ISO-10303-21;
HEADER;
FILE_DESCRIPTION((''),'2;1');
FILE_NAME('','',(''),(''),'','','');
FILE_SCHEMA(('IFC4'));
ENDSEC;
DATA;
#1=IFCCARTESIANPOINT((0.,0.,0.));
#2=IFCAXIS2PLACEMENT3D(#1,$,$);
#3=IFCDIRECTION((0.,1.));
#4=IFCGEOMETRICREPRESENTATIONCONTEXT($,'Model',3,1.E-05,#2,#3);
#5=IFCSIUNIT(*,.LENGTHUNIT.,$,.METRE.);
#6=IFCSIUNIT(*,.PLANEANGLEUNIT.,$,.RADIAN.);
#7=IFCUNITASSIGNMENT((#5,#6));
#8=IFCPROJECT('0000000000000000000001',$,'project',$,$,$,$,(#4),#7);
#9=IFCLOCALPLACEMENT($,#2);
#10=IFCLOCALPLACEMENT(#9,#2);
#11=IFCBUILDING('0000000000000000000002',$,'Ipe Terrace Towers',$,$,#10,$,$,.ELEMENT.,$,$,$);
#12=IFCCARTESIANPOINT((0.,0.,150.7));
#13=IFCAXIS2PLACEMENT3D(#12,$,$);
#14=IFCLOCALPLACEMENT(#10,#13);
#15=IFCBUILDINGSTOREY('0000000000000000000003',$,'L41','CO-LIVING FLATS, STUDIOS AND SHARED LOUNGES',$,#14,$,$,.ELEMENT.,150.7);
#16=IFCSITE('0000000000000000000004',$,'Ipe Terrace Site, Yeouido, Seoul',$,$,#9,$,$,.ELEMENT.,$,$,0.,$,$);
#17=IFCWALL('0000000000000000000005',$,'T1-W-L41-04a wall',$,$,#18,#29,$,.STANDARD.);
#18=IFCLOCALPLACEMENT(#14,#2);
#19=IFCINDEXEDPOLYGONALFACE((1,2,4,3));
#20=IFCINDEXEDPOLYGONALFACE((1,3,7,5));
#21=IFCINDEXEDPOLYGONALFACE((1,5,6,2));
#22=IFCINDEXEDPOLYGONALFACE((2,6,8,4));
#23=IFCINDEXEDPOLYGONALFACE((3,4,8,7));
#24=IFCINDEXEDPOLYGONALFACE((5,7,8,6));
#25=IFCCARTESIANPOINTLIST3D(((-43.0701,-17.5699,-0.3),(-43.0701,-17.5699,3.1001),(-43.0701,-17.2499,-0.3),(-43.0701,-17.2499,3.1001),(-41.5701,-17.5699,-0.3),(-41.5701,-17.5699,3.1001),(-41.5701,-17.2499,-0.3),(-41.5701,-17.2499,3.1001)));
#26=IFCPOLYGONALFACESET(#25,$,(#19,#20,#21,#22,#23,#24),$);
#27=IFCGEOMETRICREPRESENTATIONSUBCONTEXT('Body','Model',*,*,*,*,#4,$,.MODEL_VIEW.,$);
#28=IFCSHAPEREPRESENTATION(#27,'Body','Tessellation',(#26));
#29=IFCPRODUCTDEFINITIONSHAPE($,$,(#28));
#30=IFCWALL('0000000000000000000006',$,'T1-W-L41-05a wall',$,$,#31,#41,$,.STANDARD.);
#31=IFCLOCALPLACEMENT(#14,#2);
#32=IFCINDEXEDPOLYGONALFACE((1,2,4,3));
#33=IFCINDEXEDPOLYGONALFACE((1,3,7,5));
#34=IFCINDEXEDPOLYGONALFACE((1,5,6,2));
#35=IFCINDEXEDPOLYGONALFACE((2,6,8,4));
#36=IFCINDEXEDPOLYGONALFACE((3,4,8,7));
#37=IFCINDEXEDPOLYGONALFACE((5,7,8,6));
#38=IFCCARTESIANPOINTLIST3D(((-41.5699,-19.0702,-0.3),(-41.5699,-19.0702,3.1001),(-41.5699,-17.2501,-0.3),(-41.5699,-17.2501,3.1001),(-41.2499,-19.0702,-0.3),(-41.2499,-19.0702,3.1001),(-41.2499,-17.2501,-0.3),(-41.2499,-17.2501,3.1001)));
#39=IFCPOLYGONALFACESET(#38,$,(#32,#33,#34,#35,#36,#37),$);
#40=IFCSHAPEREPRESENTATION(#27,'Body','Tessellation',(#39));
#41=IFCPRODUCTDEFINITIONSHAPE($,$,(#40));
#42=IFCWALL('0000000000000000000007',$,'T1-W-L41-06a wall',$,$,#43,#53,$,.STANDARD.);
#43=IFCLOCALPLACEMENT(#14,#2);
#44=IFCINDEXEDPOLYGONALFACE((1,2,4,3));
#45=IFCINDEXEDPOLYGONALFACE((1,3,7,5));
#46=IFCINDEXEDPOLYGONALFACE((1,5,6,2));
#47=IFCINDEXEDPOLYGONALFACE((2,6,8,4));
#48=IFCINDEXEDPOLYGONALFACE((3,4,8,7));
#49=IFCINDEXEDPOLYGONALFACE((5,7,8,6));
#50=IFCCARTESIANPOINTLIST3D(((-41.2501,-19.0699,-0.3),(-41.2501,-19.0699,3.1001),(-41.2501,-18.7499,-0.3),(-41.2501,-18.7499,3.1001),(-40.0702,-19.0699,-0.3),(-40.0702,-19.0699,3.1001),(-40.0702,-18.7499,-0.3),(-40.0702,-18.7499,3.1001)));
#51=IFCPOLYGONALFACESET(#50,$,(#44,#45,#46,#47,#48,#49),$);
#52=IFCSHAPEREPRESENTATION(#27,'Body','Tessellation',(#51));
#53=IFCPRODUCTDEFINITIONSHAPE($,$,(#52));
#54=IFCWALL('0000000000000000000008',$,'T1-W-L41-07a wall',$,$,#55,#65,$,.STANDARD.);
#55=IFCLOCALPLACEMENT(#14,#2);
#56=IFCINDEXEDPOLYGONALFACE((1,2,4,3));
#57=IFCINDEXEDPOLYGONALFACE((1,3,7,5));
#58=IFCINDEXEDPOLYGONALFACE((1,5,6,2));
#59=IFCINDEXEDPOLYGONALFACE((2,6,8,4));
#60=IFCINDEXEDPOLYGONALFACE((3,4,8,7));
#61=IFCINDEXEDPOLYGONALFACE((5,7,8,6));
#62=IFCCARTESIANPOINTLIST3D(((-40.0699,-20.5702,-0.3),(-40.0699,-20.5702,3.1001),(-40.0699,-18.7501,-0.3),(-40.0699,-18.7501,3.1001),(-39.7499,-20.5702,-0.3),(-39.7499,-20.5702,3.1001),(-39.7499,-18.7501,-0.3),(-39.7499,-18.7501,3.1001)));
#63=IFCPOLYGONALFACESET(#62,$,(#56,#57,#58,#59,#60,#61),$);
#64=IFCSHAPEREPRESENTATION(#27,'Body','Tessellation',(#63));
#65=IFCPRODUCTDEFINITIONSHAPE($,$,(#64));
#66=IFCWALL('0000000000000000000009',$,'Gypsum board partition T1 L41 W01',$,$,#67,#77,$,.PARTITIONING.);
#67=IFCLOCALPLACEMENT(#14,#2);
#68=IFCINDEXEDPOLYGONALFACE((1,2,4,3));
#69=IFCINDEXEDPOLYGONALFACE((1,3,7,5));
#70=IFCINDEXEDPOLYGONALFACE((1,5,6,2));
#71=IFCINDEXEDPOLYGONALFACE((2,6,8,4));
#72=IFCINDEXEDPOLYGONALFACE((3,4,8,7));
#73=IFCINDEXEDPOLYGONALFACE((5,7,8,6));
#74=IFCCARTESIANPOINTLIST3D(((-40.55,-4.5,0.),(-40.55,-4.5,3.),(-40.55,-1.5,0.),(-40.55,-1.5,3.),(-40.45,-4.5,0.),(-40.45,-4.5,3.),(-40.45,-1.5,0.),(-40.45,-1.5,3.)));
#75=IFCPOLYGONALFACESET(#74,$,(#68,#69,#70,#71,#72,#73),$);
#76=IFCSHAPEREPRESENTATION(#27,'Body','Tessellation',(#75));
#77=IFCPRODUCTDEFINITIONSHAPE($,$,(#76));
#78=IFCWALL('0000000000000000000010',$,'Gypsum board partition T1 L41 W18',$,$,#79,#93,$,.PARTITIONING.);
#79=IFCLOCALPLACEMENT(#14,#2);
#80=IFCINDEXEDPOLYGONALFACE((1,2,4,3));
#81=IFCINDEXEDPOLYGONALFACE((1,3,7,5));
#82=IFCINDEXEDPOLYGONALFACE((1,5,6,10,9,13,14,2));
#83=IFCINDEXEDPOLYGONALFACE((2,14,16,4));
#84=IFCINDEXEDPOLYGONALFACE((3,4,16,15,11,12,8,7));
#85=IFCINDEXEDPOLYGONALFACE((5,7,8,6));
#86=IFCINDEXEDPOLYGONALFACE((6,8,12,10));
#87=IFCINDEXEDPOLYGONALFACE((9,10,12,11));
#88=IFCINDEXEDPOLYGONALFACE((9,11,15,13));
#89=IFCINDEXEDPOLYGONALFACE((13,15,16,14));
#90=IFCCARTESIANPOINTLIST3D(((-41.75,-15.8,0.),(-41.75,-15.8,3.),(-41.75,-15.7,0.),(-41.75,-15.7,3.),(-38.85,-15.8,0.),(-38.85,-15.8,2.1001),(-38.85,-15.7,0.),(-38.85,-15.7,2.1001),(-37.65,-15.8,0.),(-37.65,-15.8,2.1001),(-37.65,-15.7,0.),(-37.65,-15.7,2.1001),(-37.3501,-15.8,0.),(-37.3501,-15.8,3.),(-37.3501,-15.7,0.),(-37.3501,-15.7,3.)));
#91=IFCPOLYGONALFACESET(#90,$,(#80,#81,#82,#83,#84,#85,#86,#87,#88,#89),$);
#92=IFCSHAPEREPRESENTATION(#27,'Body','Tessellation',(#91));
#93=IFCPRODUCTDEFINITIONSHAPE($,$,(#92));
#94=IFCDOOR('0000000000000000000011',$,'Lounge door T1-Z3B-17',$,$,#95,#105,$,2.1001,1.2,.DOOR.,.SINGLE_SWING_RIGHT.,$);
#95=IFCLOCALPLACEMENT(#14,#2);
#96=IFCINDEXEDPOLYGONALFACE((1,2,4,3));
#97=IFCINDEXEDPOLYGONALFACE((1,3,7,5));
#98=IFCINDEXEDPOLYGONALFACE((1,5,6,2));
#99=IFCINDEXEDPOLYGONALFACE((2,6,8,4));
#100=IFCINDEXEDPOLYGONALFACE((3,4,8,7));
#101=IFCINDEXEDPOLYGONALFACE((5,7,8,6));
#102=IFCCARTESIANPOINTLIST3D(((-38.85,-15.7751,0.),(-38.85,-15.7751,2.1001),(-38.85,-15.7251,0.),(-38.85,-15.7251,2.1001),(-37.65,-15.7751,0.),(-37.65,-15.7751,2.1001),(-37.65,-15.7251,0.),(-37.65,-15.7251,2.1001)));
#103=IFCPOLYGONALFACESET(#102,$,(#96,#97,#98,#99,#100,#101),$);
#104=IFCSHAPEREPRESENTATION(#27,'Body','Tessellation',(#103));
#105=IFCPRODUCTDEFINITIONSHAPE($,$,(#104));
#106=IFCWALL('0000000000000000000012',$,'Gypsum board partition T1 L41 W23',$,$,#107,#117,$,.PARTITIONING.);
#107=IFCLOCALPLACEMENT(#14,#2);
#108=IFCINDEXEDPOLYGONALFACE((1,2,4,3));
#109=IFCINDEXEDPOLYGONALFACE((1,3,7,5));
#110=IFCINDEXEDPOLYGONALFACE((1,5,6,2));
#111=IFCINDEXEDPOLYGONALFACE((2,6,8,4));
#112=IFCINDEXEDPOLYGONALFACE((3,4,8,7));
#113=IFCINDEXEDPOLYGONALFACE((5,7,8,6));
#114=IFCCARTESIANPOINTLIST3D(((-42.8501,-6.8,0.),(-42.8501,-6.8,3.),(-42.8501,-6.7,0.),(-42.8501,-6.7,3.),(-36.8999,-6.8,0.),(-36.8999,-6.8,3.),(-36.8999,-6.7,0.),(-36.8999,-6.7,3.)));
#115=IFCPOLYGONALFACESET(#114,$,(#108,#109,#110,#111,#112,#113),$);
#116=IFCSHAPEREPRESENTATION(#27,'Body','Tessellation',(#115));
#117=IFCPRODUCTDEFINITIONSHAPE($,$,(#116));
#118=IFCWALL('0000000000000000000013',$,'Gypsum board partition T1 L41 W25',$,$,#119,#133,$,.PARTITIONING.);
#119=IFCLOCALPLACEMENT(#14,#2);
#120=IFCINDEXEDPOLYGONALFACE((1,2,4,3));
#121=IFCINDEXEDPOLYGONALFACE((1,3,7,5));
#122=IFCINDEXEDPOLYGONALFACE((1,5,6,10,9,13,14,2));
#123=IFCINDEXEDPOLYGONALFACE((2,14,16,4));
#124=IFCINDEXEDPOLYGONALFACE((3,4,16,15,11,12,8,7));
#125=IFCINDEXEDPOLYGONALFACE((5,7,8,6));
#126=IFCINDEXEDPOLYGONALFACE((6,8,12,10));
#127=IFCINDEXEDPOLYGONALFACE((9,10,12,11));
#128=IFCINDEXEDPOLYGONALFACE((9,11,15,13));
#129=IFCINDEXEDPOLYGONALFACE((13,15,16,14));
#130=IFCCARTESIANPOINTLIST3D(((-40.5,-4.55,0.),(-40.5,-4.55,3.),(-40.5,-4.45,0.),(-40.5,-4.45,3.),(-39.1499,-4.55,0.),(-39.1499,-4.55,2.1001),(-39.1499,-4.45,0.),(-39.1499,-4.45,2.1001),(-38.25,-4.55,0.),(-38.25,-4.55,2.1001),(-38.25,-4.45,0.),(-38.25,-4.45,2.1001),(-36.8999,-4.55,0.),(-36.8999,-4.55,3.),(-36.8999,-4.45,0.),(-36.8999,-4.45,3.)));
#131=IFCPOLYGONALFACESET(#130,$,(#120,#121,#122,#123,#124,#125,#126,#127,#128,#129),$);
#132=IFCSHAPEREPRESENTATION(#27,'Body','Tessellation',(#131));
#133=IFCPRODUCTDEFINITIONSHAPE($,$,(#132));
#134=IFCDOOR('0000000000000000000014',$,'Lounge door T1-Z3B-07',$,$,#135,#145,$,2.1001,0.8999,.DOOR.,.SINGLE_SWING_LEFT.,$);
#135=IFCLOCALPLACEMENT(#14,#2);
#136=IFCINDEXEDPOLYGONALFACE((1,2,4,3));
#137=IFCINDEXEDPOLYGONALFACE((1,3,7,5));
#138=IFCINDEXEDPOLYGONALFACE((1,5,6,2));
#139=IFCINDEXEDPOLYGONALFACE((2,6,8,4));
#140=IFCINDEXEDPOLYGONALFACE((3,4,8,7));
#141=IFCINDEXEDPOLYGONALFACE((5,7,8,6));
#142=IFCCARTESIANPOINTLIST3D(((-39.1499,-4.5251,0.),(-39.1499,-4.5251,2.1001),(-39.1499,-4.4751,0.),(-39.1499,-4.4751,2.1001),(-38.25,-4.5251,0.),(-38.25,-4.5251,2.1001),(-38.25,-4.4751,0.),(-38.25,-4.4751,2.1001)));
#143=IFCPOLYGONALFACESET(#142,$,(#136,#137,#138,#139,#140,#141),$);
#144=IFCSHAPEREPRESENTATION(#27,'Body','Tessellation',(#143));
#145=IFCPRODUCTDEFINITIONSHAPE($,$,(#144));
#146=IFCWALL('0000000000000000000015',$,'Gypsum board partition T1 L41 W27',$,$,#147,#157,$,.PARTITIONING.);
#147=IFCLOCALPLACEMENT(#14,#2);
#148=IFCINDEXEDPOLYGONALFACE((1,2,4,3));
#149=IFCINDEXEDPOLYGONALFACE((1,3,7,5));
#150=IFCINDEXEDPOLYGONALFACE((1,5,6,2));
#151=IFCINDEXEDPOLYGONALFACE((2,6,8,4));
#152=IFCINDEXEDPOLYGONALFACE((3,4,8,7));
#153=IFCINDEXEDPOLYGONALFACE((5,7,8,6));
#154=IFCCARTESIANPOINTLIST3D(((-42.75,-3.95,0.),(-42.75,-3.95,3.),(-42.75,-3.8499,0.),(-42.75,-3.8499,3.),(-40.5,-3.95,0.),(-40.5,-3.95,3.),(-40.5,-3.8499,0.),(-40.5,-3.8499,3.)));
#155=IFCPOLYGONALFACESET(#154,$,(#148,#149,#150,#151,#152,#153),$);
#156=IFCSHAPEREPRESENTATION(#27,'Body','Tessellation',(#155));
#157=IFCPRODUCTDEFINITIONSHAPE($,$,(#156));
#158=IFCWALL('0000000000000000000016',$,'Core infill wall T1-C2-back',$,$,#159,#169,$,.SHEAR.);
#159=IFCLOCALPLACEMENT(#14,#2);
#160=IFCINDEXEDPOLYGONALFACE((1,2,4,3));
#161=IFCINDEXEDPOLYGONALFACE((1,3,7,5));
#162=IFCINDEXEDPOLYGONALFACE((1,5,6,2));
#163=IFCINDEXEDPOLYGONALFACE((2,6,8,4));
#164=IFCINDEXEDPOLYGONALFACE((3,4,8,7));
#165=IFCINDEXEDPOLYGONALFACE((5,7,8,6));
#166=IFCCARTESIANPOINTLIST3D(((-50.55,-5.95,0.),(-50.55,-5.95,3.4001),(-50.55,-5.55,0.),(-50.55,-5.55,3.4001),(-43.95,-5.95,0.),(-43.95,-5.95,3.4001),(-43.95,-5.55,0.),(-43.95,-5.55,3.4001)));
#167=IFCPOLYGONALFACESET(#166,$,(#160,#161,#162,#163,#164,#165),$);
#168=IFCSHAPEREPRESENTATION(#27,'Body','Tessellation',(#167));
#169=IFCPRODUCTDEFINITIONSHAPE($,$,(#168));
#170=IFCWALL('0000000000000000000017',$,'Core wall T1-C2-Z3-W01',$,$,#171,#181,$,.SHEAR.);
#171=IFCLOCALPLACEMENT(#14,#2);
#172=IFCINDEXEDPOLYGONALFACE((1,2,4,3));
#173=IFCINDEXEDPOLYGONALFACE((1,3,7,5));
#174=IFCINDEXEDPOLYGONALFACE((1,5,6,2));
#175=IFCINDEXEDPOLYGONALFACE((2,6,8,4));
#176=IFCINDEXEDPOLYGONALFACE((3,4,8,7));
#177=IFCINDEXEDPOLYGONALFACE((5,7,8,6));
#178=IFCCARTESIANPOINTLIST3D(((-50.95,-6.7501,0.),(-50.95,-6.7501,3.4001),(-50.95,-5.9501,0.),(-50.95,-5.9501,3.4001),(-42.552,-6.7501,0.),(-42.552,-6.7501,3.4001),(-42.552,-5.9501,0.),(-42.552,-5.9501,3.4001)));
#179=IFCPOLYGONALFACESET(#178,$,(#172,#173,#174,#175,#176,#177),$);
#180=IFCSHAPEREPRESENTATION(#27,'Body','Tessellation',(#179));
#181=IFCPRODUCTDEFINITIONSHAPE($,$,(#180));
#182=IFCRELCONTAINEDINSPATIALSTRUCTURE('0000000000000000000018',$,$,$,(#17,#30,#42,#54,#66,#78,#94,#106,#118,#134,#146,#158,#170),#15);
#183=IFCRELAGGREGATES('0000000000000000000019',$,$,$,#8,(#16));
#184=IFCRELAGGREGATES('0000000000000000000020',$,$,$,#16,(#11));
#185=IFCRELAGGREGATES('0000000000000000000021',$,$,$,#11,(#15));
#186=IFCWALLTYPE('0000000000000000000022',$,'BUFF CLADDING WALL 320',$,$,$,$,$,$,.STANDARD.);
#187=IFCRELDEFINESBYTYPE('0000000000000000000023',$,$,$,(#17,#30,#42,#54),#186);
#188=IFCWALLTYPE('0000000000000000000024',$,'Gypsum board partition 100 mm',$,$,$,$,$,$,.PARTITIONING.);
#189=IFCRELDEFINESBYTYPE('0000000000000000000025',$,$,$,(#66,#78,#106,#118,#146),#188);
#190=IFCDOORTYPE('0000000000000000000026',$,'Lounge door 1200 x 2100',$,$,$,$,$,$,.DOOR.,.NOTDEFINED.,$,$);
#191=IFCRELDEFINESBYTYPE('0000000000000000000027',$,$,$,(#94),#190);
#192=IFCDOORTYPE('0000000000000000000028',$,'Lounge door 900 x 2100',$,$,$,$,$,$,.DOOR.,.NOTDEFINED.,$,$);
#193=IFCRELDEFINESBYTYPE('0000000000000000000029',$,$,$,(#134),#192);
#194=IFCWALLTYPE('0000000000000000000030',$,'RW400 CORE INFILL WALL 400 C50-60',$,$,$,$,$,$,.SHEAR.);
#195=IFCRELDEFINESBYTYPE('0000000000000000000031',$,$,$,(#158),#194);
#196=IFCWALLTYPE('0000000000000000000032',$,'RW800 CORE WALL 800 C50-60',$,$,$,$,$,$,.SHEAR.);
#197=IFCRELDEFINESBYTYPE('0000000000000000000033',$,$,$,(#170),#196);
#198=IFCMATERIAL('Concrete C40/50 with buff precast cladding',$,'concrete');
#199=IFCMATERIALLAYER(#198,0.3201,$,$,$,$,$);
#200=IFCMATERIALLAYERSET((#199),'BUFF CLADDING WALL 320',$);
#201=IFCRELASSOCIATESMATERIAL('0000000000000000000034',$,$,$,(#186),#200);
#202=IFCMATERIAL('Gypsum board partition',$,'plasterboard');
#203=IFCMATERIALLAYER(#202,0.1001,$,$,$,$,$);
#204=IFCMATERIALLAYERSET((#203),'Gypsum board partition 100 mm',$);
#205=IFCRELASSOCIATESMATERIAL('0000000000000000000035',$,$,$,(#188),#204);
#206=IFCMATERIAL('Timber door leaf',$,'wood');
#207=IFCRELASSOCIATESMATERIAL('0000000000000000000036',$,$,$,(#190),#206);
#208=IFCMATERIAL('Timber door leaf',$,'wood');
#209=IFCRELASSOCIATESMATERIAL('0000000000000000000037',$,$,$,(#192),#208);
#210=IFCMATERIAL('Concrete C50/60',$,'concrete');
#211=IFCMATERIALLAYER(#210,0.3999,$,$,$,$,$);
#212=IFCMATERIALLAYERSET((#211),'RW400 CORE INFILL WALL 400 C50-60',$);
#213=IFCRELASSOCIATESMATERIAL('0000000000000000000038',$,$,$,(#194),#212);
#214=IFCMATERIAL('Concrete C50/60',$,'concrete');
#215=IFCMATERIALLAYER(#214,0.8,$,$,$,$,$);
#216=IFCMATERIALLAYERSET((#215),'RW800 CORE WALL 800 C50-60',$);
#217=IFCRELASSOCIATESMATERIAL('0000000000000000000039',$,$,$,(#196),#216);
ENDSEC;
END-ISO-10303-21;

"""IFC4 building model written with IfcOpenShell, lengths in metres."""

from ifc_helpers import new_model, si_unit, direction, frame, frame_2d, origin, place, context, subcontext, project, spatial, rectangle, extrude, material, layer, layer_set, type_object, element, fill, save


model = new_model("IFC4")

# Units and contexts
model_context = context("Model", 3, precision=1e-05, world=origin(), true_north=direction((0.0, 1.0)))
body_context = subcontext(model_context, "Body", "Model", "MODEL_VIEW")
ifc_project = project(units=[si_unit("LENGTHUNIT", "METRE"), si_unit("PLANEANGLEUNIT", "RADIAN")], contexts=[model_context])

# Site, building, storey
site_placement = place(None, origin())
site = spatial("IfcSite", under=ifc_project, at=site_placement, Name="Ipe Terrace Site, Yeouido, Seoul", CompositionType="ELEMENT", RefElevation=0.0)
building_placement = place(site_placement, origin())
building = spatial("IfcBuilding", under=site, at=building_placement, Name="Ipe Terrace Towers", CompositionType="ELEMENT")
storey_placement = place(building_placement, frame((0.0, 0.0, 150.7)))
storey = spatial("IfcBuildingStorey", under=building, at=storey_placement, Name="L41", Description="CO-LIVING FLATS, STUDIOS AND SHARED LOUNGES", CompositionType="ELEMENT", Elevation=150.7)

# Walls
ifc_material_1 = material(Name="Concrete C40/50 with buff precast cladding", Category="concrete")
ifc_layer_1 = layer(ifc_material_1, 0.3201)
ifc_layer_set_1 = layer_set([ifc_layer_1], Name="BUFF CLADDING WALL 320")
wall_type_1 = type_object("IfcWallType", Name="BUFF CLADDING WALL 320", PredefinedType="STANDARD", material=ifc_layer_set_1)
wall_1_placement = place(storey_placement, frame((-43.0701, -17.4099, -0.3), z_axis=(0.0, 0.0, 1.0), x_axis=(1.0, 0.0, 0.0)))
element("IfcWall", 1, at=wall_1_placement, inside=storey, type_object=wall_type_1, Name="T1-W-L41-04a wall", PredefinedType="STANDARD", context=body_context, shape_type="SweptSolid", body=[
    extrude(rectangle(XDim=1.5, YDim=0.3201, at=frame_2d((0.75, 0.0))), origin(), (0.0, 0.0, 1.0), 3.4001),
])
wall_2_placement = place(storey_placement, frame((-41.4099, -17.25, -0.3), z_axis=(0.0, 0.0, 1.0), x_axis=(0.0, -1.0, 0.0)))
element("IfcWall", 2, at=wall_2_placement, inside=storey, type_object=wall_type_1, Name="T1-W-L41-05a wall", PredefinedType="STANDARD", context=body_context, shape_type="SweptSolid", body=[
    extrude(rectangle(XDim=1.8201, YDim=0.3201, at=frame_2d((0.9102, 0.0))), origin(), (0.0, 0.0, 1.0), 3.4001),
])
wall_3_placement = place(storey_placement, frame((-41.25, -18.9099, -0.3), z_axis=(0.0, 0.0, 1.0), x_axis=(1.0, 0.0, 0.0)))
element("IfcWall", 3, at=wall_3_placement, inside=storey, type_object=wall_type_1, Name="T1-W-L41-06a wall", PredefinedType="STANDARD", context=body_context, shape_type="SweptSolid", body=[
    extrude(rectangle(XDim=1.1799, YDim=0.3201, at=frame_2d((0.5898, 0.0))), origin(), (0.0, 0.0, 1.0), 3.4001),
])
wall_4_placement = place(storey_placement, frame((-39.9099, -18.75, -0.3), z_axis=(0.0, 0.0, 1.0), x_axis=(0.0, -1.0, 0.0)))
element("IfcWall", 4, at=wall_4_placement, inside=storey, type_object=wall_type_1, Name="T1-W-L41-07a wall", PredefinedType="STANDARD", context=body_context, shape_type="SweptSolid", body=[
    extrude(rectangle(XDim=1.8201, YDim=0.3201, at=frame_2d((0.9102, 0.0))), origin(), (0.0, 0.0, 1.0), 3.4001),
])
ifc_material_2 = material(Name="Gypsum board partition", Category="plasterboard")
ifc_layer_2 = layer(ifc_material_2, 0.1001)
ifc_layer_set_2 = layer_set([ifc_layer_2], Name="Gypsum board partition 100 mm")
wall_type_2 = type_object("IfcWallType", Name="Gypsum board partition 100 mm", PredefinedType="PARTITIONING", material=ifc_layer_set_2)
wall_5_placement = place(storey_placement, frame((-40.5, -4.5, 0.0), z_axis=(0.0, 0.0, 1.0), x_axis=(0.0, 1.0, 0.0)))
element("IfcWall", 5, at=wall_5_placement, inside=storey, type_object=wall_type_2, Name="Gypsum board partition T1 L41 W01", PredefinedType="PARTITIONING", context=body_context, shape_type="SweptSolid", body=[
    extrude(rectangle(XDim=3.0, YDim=0.1001, at=frame_2d((1.5, 0.0))), origin(), (0.0, 0.0, 1.0), 3.0),
])

# Wall, opening, door
wall_6_placement = place(storey_placement, frame((-41.75, -15.75, 0.0), z_axis=(0.0, 0.0, 1.0), x_axis=(1.0, 0.0, 0.0)))
wall_6 = element("IfcWall", 6, at=wall_6_placement, inside=storey, type_object=wall_type_2, Name="Gypsum board partition T1 L41 W18", PredefinedType="PARTITIONING", context=body_context, shape_type="SweptSolid", body=[
    extrude(rectangle(XDim=4.3999, YDim=0.1001, at=frame_2d((2.2, 0.0))), origin(), (0.0, 0.0, 1.0), 3.0),
])
opening_1_placement = place(wall_6_placement, frame((2.8999, 0.0, 0.0)))
opening_1 = element("IfcOpeningElement", 7, at=opening_1_placement, cuts=wall_6, PredefinedType="OPENING", context=body_context, shape_type="SweptSolid", body=[
    extrude(rectangle(XDim=1.2, YDim=2.1001, at=frame_2d((0.6001, 1.05))), frame((0.0, 0.0601, 0.0), z_axis=(0.0, -1.0, 0.0), x_axis=(1.0, 0.0, 0.0)), (0.0, 0.0, 1.0), 0.1201),
])
ifc_material_3 = material(Name="Timber door leaf", Category="wood")
door_type_1 = type_object("IfcDoorType", Name="Lounge door 1200 x 2100", OperationType="NOTDEFINED", PredefinedType="DOOR", material=ifc_material_3)
door_1_placement = place(opening_1_placement, origin())
door_1 = element("IfcDoor", 8, at=door_1_placement, inside=storey, type_object=door_type_1, Name="Lounge door T1-Z3B-17", OperationType="SINGLE_SWING_RIGHT", OverallHeight=2.1001, OverallWidth=1.2, PredefinedType="DOOR", context=body_context, shape_type="SweptSolid", body=[
    extrude(rectangle(XDim=1.2, YDim=2.1001, at=frame_2d((0.6001, 1.05))), frame((0.0, 0.0249, 0.0), z_axis=(0.0, -1.0, 0.0), x_axis=(1.0, 0.0, 0.0)), (0.0, 0.0, 1.0), 0.05),
])
fill(opening_1, door_1)

# Wall
wall_7_placement = place(storey_placement, frame((-42.8501, -6.75, 0.0), z_axis=(0.0, 0.0, 1.0), x_axis=(1.0, 0.0, 0.0)))
element("IfcWall", 9, at=wall_7_placement, inside=storey, type_object=wall_type_2, Name="Gypsum board partition T1 L41 W23", PredefinedType="PARTITIONING", context=body_context, shape_type="SweptSolid", body=[
    extrude(rectangle(XDim=5.9502, YDim=0.1001, at=frame_2d((2.9751, 0.0))), origin(), (0.0, 0.0, 1.0), 3.0),
])

# Wall, opening, door
wall_8_placement = place(storey_placement, frame((-40.5, -4.5, 0.0), z_axis=(0.0, 0.0, 1.0), x_axis=(1.0, 0.0, 0.0)))
wall_8 = element("IfcWall", 10, at=wall_8_placement, inside=storey, type_object=wall_type_2, Name="Gypsum board partition T1 L41 W25", PredefinedType="PARTITIONING", context=body_context, shape_type="SweptSolid", body=[
    extrude(rectangle(XDim=3.6001, YDim=0.1001, at=frame_2d((1.8, 0.0))), origin(), (0.0, 0.0, 1.0), 3.0),
])
opening_2_placement = place(wall_8_placement, frame((1.3501, 0.0, 0.0)))
opening_2 = element("IfcOpeningElement", 11, at=opening_2_placement, cuts=wall_8, PredefinedType="OPENING", context=body_context, shape_type="SweptSolid", body=[
    extrude(rectangle(XDim=0.8999, YDim=2.1001, at=frame_2d((0.45, 1.05))), frame((0.0, 0.0601, 0.0), z_axis=(0.0, -1.0, 0.0), x_axis=(1.0, 0.0, 0.0)), (0.0, 0.0, 1.0), 0.1201),
])
ifc_material_4 = material(Name="Timber door leaf", Category="wood")
door_type_2 = type_object("IfcDoorType", Name="Lounge door 900 x 2100", OperationType="NOTDEFINED", PredefinedType="DOOR", material=ifc_material_4)
door_2_placement = place(opening_2_placement, origin())
door_2 = element("IfcDoor", 12, at=door_2_placement, inside=storey, type_object=door_type_2, Name="Lounge door T1-Z3B-07", OperationType="SINGLE_SWING_LEFT", OverallHeight=2.1001, OverallWidth=0.8999, PredefinedType="DOOR", context=body_context, shape_type="SweptSolid", body=[
    extrude(rectangle(XDim=0.8999, YDim=2.1001, at=frame_2d((0.45, 1.05))), frame((0.0, 0.0249, 0.0), z_axis=(0.0, -1.0, 0.0), x_axis=(1.0, 0.0, 0.0)), (0.0, 0.0, 1.0), 0.05),
])
fill(opening_2, door_2)

# Walls
wall_9_placement = place(storey_placement, frame((-42.75, -3.8999, 0.0), z_axis=(0.0, 0.0, 1.0), x_axis=(1.0, 0.0, 0.0)))
element("IfcWall", 13, at=wall_9_placement, inside=storey, type_object=wall_type_2, Name="Gypsum board partition T1 L41 W27", PredefinedType="PARTITIONING", context=body_context, shape_type="SweptSolid", body=[
    extrude(rectangle(XDim=2.25, YDim=0.1001, at=frame_2d((1.125, 0.0))), origin(), (0.0, 0.0, 1.0), 3.0),
])
ifc_material_5 = material(Name="Concrete C50/60", Category="concrete")
ifc_layer_3 = layer(ifc_material_5, 0.3999)
ifc_layer_set_3 = layer_set([ifc_layer_3], Name="RW400 CORE INFILL WALL 400 C50-60")
wall_type_3 = type_object("IfcWallType", Name="RW400 CORE INFILL WALL 400 C50-60", PredefinedType="SHEAR", material=ifc_layer_set_3)
wall_10_placement = place(storey_placement, frame((-43.95, -5.75, 0.0), z_axis=(0.0, 0.0, 1.0), x_axis=(-1.0, 0.0, 0.0)))
element("IfcWall", 14, at=wall_10_placement, inside=storey, type_object=wall_type_3, Name="Core infill wall T1-C2-back", PredefinedType="SHEAR", context=body_context, shape_type="SweptSolid", body=[
    extrude(rectangle(XDim=6.6001, YDim=0.3999, at=frame_2d((3.3, 0.0))), origin(), (0.0, 0.0, 1.0), 3.4001),
])
ifc_material_6 = material(Name="Concrete C50/60", Category="concrete")
ifc_layer_4 = layer(ifc_material_6, 0.8)
ifc_layer_set_4 = layer_set([ifc_layer_4], Name="RW800 CORE WALL 800 C50-60")
wall_type_4 = type_object("IfcWallType", Name="RW800 CORE WALL 800 C50-60", PredefinedType="SHEAR", material=ifc_layer_set_4)
wall_11_placement = place(storey_placement, frame((-50.95, -6.3501, 0.0), z_axis=(0.0, 0.0, 1.0), x_axis=(1.0, 0.0, 0.0)))
element("IfcWall", 15, at=wall_11_placement, inside=storey, type_object=wall_type_4, Name="Core wall T1-C2-Z3-W01", PredefinedType="SHEAR", context=body_context, shape_type="SweptSolid", body=[
    extrude(rectangle(XDim=8.3979, YDim=0.8, at=frame_2d((4.199, 0.0))), origin(), (0.0, 0.0, 1.0), 3.4001),
])

save(model, "model.ifc")
